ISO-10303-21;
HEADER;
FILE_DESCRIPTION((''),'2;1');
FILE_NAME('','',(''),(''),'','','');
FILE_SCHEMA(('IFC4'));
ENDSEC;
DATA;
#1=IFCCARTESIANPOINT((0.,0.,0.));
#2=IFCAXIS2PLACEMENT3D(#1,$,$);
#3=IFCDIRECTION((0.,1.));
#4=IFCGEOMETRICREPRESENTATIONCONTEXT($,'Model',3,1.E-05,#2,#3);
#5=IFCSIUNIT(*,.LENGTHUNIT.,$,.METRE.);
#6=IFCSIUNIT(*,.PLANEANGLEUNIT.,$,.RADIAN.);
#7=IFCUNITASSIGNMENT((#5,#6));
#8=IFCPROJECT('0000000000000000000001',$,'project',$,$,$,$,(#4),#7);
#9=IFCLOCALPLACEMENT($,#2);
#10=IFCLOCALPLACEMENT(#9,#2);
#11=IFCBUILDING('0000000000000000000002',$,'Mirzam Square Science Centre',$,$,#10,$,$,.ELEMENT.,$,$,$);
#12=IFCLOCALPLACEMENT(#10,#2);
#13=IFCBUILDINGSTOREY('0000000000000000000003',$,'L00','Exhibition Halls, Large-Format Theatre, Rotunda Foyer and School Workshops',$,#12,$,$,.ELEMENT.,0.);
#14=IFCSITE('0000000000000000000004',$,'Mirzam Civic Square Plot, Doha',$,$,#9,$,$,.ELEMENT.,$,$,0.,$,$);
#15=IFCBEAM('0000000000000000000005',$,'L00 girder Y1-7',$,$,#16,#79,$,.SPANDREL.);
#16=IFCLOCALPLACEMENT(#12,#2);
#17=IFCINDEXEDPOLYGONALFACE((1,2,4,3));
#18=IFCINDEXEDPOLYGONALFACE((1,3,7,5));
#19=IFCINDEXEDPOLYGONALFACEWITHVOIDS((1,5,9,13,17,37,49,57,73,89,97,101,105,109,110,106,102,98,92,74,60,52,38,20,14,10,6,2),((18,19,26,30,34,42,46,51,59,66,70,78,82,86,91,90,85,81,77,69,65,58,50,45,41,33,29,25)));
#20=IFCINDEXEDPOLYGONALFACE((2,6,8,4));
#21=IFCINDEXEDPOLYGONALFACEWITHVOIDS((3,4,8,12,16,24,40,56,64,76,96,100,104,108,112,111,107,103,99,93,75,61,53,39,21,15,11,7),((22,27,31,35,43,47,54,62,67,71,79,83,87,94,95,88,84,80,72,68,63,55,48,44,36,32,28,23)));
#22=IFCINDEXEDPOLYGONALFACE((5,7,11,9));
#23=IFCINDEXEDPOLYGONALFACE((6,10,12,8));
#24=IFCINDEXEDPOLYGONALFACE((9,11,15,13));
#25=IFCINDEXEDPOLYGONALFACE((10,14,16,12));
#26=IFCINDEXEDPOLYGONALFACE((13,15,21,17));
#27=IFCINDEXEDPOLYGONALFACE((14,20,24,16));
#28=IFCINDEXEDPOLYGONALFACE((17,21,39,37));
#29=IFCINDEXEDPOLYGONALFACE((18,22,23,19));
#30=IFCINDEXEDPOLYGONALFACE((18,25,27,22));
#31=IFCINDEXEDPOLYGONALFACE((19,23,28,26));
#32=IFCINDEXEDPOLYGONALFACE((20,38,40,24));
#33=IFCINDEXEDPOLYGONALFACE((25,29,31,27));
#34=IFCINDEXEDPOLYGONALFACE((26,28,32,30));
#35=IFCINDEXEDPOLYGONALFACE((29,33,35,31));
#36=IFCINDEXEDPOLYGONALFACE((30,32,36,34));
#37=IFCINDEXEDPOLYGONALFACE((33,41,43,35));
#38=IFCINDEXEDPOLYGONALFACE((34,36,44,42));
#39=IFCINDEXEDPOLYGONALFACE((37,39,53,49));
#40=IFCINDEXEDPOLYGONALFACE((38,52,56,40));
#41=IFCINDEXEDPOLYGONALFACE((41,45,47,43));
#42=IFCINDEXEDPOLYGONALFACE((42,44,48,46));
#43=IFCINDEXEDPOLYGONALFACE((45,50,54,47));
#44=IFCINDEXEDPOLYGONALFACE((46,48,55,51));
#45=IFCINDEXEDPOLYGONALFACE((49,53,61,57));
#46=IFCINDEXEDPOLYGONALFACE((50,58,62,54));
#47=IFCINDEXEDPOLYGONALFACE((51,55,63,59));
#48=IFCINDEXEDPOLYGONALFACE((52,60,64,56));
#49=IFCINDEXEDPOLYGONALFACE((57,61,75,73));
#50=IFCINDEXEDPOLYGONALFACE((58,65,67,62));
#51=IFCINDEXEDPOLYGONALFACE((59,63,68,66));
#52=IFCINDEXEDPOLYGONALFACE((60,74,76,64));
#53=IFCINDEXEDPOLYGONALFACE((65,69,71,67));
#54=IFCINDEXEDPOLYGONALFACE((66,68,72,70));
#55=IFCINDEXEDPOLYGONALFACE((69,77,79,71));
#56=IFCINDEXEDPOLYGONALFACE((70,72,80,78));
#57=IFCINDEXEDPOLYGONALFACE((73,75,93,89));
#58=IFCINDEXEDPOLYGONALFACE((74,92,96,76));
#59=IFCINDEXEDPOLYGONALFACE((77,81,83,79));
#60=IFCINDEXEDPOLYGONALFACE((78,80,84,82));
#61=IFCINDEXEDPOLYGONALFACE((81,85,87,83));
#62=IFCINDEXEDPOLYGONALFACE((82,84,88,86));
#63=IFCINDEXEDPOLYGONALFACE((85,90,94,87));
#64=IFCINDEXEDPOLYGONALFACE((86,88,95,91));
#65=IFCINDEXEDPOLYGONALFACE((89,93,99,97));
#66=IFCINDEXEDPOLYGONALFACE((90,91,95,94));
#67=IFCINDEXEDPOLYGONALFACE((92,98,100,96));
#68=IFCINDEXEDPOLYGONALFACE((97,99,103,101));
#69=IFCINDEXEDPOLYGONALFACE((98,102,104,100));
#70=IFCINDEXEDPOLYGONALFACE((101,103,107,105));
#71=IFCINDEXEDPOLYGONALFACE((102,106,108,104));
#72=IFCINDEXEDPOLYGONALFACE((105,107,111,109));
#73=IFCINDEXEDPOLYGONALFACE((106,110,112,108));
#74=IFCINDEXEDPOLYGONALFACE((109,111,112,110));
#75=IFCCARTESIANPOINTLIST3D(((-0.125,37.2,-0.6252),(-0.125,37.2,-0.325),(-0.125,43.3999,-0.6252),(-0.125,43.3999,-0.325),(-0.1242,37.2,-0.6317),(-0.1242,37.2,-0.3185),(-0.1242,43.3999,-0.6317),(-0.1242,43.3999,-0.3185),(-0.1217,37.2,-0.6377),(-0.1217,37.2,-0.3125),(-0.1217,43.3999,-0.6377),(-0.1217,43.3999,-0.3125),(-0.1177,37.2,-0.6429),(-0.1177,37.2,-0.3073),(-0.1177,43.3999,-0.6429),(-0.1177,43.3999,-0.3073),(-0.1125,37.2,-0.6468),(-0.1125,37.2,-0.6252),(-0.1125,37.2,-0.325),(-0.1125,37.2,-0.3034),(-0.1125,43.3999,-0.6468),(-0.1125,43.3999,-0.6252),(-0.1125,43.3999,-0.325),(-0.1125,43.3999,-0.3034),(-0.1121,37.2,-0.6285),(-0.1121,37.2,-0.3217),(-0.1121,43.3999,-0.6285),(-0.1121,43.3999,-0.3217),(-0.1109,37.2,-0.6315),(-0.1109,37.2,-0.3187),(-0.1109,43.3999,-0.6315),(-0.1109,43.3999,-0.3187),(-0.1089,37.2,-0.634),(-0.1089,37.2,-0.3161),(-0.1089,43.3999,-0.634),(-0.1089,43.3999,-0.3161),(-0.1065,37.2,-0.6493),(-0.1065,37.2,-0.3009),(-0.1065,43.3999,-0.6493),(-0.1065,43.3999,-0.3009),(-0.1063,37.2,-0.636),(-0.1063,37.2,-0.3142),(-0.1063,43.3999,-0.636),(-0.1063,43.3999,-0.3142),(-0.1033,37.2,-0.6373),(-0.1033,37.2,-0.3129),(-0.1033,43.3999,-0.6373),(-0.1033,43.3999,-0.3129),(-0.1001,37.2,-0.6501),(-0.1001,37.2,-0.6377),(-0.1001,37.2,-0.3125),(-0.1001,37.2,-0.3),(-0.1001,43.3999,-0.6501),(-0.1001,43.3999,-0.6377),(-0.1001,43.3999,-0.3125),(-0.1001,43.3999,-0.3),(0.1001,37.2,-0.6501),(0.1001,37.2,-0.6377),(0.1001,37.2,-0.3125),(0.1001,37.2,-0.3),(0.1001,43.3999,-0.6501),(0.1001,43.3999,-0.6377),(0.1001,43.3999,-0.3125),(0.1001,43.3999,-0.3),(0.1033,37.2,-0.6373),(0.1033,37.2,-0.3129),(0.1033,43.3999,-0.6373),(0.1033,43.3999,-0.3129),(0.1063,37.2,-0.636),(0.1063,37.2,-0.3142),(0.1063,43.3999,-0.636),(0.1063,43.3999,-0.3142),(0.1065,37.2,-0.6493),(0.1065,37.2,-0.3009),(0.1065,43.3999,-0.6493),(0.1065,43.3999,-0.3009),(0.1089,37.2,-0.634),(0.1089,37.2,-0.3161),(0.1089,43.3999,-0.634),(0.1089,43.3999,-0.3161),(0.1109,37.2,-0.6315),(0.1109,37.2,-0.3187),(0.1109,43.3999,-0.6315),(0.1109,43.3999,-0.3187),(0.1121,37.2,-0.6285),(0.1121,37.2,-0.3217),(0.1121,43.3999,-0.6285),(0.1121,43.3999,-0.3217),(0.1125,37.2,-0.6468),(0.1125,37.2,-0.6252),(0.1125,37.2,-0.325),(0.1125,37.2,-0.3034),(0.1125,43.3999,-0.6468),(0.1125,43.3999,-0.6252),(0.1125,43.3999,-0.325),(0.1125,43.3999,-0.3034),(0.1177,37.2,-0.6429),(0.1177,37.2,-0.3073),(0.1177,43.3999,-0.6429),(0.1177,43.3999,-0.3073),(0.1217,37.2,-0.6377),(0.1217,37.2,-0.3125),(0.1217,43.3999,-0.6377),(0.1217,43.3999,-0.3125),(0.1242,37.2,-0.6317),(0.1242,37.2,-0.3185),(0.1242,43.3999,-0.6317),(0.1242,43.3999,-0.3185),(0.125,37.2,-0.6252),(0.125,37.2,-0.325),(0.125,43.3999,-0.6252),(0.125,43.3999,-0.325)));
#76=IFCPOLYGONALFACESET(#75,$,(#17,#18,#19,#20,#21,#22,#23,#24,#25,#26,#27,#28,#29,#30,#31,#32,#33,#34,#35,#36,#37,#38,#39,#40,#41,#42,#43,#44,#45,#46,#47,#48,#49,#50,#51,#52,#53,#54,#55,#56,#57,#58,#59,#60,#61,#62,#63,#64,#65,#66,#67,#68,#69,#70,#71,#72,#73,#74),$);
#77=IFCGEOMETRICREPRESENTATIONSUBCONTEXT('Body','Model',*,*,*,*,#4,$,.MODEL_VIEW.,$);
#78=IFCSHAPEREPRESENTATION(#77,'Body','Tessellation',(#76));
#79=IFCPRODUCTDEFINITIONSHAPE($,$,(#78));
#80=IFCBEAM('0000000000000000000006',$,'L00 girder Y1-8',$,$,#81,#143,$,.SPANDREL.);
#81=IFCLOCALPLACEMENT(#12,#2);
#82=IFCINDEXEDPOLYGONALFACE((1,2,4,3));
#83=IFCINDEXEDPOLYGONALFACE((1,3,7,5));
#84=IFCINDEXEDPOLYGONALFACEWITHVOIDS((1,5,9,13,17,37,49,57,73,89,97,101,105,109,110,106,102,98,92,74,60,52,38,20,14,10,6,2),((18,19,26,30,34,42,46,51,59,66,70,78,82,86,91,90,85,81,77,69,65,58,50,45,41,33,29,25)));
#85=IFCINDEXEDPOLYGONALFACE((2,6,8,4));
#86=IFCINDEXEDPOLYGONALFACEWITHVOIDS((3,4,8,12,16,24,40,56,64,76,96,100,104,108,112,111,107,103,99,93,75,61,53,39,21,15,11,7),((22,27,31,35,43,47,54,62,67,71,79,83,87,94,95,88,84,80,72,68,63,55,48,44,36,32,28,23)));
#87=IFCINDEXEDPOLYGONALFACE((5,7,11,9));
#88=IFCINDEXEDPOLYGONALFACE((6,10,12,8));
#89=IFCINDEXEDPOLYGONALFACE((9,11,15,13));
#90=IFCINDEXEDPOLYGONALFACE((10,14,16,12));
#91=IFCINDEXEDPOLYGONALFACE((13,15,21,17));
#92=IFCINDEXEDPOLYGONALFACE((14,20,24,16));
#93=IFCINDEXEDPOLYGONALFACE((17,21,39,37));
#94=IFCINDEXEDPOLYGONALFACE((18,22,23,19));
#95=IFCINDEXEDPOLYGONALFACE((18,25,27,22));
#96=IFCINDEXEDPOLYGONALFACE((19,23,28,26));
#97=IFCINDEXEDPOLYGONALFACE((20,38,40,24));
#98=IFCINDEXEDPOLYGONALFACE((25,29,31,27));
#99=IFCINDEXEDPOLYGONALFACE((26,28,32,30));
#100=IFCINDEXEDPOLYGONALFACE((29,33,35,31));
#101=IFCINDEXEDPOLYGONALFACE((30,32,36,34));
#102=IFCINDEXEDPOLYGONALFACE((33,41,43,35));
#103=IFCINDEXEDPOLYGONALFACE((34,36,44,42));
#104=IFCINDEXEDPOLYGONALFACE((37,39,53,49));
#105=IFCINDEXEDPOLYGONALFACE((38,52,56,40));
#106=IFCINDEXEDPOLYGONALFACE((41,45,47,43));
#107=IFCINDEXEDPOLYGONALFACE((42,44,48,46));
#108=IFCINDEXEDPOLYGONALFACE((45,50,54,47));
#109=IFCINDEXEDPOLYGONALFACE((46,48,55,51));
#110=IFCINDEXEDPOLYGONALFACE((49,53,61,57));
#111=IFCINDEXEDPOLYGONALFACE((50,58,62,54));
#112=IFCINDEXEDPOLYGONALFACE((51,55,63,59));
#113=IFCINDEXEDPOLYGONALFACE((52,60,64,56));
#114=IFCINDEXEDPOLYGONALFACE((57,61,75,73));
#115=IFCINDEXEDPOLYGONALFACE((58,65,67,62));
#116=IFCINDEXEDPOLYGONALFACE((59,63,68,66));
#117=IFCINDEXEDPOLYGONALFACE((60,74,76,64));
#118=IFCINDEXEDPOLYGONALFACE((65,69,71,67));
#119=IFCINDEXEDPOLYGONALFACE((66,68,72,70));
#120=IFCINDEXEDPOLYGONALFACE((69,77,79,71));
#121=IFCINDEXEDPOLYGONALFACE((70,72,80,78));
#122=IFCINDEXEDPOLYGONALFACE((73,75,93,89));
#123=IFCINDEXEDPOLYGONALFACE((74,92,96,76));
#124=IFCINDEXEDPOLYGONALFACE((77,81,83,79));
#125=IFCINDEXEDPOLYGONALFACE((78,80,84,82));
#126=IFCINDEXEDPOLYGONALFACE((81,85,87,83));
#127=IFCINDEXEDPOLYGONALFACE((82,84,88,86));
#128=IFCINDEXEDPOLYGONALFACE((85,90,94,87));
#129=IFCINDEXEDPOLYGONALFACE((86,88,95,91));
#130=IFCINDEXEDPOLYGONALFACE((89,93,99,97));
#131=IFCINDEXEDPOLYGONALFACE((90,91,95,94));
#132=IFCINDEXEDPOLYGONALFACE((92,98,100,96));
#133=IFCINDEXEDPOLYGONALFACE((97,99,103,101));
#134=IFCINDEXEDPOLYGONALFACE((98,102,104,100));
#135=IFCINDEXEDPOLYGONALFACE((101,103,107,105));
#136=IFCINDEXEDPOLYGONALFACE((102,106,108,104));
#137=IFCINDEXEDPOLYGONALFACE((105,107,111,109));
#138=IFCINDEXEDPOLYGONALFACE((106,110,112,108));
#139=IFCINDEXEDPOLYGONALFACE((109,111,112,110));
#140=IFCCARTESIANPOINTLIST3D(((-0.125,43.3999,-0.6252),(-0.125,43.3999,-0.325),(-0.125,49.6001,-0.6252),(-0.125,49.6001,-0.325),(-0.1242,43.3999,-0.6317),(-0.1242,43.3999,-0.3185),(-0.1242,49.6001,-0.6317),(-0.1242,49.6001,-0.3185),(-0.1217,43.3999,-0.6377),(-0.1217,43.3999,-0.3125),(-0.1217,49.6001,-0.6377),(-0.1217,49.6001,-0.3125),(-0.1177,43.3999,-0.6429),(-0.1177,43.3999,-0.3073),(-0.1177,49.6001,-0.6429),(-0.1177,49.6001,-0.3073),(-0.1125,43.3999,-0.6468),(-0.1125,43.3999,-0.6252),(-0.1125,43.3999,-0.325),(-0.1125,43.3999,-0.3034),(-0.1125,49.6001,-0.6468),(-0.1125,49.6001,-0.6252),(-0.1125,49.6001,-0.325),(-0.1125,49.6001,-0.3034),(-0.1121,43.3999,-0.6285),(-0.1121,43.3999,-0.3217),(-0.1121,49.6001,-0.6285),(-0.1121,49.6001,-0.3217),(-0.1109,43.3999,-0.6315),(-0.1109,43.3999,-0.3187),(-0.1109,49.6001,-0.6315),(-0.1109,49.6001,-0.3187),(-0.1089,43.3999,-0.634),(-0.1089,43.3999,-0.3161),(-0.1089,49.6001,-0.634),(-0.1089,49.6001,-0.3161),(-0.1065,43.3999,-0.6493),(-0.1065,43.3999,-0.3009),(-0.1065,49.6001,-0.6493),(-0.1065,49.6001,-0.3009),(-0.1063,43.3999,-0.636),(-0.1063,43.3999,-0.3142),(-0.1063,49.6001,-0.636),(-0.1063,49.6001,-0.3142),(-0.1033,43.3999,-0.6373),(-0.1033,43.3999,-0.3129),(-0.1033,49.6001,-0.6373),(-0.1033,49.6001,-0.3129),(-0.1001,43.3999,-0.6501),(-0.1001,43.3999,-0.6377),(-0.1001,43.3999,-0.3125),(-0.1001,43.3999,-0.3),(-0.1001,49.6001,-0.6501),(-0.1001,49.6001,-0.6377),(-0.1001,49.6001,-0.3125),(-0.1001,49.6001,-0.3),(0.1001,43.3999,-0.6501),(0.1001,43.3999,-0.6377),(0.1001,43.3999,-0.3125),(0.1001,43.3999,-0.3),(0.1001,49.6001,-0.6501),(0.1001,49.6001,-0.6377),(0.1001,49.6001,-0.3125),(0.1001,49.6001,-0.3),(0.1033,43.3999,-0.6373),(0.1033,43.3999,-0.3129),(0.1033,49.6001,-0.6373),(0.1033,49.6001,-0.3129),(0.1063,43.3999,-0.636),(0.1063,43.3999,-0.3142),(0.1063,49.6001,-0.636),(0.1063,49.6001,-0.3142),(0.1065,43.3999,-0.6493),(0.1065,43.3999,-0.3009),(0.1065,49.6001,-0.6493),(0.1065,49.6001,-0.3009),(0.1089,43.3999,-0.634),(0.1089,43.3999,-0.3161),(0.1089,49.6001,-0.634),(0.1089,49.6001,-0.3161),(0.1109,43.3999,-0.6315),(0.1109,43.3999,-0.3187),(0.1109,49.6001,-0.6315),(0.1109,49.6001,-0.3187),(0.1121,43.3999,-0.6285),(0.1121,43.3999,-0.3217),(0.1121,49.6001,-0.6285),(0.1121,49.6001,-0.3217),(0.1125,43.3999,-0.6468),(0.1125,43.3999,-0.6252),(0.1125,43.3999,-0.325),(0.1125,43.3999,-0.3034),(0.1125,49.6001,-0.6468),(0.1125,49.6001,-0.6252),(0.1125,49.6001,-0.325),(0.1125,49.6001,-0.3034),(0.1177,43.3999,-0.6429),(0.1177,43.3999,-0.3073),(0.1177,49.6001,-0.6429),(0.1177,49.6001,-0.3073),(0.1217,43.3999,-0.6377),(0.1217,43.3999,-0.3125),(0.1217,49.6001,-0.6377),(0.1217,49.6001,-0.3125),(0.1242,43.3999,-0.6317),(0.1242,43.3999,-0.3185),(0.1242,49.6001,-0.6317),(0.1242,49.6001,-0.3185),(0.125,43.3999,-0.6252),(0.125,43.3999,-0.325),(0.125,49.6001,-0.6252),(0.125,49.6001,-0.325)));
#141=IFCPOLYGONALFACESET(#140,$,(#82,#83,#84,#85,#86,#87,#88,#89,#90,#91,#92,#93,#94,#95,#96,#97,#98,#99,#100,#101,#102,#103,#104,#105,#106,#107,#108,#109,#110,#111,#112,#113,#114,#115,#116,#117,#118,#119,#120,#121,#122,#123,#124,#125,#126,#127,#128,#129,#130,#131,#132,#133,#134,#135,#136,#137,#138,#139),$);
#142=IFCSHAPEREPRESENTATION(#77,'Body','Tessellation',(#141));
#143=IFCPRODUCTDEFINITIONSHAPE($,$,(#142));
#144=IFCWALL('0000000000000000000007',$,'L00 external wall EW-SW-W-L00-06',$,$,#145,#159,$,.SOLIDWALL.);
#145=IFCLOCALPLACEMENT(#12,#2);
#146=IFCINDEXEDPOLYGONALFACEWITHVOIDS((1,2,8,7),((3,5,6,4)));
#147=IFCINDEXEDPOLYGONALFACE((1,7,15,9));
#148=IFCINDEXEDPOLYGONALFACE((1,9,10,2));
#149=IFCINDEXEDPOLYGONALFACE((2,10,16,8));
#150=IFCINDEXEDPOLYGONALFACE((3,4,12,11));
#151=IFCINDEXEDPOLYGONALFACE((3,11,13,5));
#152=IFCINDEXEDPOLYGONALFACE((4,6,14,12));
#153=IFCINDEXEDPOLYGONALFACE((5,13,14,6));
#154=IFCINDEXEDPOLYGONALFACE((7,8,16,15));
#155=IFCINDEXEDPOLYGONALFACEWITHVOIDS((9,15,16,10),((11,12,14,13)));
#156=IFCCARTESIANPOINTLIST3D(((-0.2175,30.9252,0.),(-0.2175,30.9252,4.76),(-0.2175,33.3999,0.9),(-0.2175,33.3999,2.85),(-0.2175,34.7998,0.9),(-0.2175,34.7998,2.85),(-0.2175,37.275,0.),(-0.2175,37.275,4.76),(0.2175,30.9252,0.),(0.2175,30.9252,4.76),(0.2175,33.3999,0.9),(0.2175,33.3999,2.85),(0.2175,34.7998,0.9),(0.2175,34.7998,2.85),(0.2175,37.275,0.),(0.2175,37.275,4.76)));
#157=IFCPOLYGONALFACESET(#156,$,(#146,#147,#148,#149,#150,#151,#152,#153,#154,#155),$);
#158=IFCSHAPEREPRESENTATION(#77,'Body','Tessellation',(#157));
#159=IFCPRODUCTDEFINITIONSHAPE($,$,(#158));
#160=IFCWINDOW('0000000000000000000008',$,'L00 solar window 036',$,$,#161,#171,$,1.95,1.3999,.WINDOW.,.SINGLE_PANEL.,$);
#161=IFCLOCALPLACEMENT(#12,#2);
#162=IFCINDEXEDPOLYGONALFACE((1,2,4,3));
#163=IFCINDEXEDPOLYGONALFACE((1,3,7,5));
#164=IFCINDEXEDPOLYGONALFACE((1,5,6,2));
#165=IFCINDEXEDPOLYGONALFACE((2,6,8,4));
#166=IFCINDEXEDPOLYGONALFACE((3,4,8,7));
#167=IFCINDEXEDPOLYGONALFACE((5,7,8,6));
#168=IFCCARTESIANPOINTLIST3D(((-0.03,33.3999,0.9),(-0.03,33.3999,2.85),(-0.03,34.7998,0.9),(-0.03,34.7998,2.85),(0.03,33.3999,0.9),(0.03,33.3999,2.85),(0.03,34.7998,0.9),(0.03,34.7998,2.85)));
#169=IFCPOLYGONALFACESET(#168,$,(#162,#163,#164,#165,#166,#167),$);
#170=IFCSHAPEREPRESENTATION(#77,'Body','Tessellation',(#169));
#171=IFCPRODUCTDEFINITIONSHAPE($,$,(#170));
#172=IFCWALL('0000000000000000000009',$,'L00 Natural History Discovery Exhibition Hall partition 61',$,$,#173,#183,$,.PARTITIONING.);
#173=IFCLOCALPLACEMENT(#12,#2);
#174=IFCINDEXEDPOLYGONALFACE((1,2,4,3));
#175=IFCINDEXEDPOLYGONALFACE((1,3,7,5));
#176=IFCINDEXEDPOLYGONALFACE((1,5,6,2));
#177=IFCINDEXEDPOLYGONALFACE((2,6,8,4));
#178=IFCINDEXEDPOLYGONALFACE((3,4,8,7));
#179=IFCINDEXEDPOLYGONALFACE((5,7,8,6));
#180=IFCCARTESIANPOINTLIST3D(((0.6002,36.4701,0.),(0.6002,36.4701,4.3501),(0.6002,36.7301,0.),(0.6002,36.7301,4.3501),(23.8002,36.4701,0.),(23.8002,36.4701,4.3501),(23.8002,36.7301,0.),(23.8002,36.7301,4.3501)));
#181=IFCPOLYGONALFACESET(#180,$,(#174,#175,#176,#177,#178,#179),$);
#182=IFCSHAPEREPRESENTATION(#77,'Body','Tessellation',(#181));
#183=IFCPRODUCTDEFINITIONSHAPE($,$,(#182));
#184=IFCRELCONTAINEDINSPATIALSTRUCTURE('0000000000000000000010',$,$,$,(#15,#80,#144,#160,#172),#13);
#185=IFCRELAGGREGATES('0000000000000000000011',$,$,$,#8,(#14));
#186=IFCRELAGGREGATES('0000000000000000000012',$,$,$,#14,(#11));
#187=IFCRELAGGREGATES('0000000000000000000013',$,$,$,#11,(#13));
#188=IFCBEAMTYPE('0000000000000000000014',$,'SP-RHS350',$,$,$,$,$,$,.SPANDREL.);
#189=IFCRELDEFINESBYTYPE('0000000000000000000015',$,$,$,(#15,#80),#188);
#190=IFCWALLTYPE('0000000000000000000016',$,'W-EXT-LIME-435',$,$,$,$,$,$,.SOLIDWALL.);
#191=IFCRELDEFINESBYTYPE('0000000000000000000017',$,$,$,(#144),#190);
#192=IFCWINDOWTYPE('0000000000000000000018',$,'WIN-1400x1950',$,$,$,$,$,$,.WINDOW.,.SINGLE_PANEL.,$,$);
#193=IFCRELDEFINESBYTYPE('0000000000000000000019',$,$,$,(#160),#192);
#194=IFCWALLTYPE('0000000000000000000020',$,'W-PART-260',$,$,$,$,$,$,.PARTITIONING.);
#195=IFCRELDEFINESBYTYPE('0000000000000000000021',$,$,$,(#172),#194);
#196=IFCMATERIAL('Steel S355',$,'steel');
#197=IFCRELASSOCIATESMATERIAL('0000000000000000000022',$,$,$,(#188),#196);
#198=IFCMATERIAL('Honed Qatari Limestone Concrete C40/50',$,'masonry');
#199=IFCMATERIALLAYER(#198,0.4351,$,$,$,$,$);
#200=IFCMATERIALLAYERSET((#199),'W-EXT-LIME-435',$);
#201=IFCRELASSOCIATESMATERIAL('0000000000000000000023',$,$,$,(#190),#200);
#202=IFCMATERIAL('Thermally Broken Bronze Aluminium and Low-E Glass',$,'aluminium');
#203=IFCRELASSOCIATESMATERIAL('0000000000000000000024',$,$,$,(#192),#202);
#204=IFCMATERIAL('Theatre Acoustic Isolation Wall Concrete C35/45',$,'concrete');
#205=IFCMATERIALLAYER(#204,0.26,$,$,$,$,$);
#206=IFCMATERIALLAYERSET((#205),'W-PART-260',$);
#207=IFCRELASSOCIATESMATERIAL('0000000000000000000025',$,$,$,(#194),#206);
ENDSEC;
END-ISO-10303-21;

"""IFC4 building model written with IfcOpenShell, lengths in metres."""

from ifc_helpers import new_model, si_unit, direction, frame, frame_2d, origin, origin_2d, place, context, subcontext, project, spatial, rectangle, hollow_rectangle, extrude, material, layer, layer_set, material_profile, profile_set, type_object, element, fill, save


model = new_model("IFC4")

# Units and contexts
model_context = context("Model", 3, precision=1e-05, world=origin(), true_north=direction((0.0, 1.0)))
body_context = subcontext(model_context, "Body", "Model", "MODEL_VIEW")
ifc_project = project(units=[si_unit("LENGTHUNIT", "METRE"), si_unit("PLANEANGLEUNIT", "RADIAN")], contexts=[model_context])

# Site, building, storey
site_placement = place(None, origin())
site = spatial("IfcSite", under=ifc_project, at=site_placement, Name="Mirzam Civic Square Plot, Doha", CompositionType="ELEMENT", RefElevation=0.0)
building_placement = place(site_placement, origin())
building = spatial("IfcBuilding", under=site, at=building_placement, Name="Mirzam Square Science Centre", CompositionType="ELEMENT")
storey_placement = place(building_placement, origin())
storey = spatial("IfcBuildingStorey", under=building, at=storey_placement, Name="L00", Description="Exhibition Halls, Large-Format Theatre, Rotunda Foyer and School Workshops", CompositionType="ELEMENT", Elevation=0.0)

# Shared definitions
ifc_material_1 = material(Name="Steel S355", Category="steel")

# Beams
ifc_material_profile_1 = material_profile(ifc_material_1, hollow_rectangle(XDim=0.25, YDim=0.3501, WallThickness=0.0125, InnerFilletRadius=0.0125, OuterFilletRadius=0.0249, at=origin_2d()), Name="350x250x12.5RHS")
ifc_profile_set_1 = profile_set([ifc_material_profile_1], Name="Steel S355")
beam_type_1 = type_object("IfcBeamType", Name="SP-RHS350", PredefinedType="SPANDREL", material=ifc_profile_set_1)
beam_1_placement = place(storey_placement, frame((0.0, 37.2, -0.4751), z_axis=(0.0, 1.0, 0.0), x_axis=(-1.0, 0.0, 0.0)))
element("IfcBeam", 1, at=beam_1_placement, inside=storey, type_object=beam_type_1, Name="L00 girder Y1-7", PredefinedType="SPANDREL", context=body_context, shape_type="SweptSolid", body=[
    extrude(hollow_rectangle(XDim=0.25, YDim=0.3501, WallThickness=0.0125, InnerFilletRadius=0.0125, OuterFilletRadius=0.0249, at=origin_2d()), origin(), (0.0, 0.0, 1.0), 6.2),
])
beam_2_placement = place(storey_placement, frame((0.0, 43.3999, -0.4751), z_axis=(0.0, 1.0, 0.0), x_axis=(-1.0, 0.0, 0.0)))
element("IfcBeam", 2, at=beam_2_placement, inside=storey, type_object=beam_type_1, Name="L00 girder Y1-8", PredefinedType="SPANDREL", context=body_context, shape_type="SweptSolid", body=[
    extrude(hollow_rectangle(XDim=0.25, YDim=0.3501, WallThickness=0.0125, InnerFilletRadius=0.0125, OuterFilletRadius=0.0249, at=origin_2d()), origin(), (0.0, 0.0, 1.0), 6.2002),
])

# Wall, opening, window
ifc_material_2 = material(Name="Honed Qatari Limestone Concrete C40/50", Category="masonry")
ifc_layer_1 = layer(ifc_material_2, 0.4351)
ifc_layer_set_1 = layer_set([ifc_layer_1], Name="W-EXT-LIME-435")
wall_type_1 = type_object("IfcWallType", Name="W-EXT-LIME-435", PredefinedType="SOLIDWALL", material=ifc_layer_set_1)
wall_1_placement = place(storey_placement, frame((0.0, 37.2749, 0.0), z_axis=(0.0, 0.0, 1.0), x_axis=(0.0, -1.0, 0.0)))
wall_1 = element("IfcWall", 3, at=wall_1_placement, inside=storey, type_object=wall_type_1, Name="L00 external wall EW-SW-W-L00-06", PredefinedType="SOLIDWALL", context=body_context, shape_type="SweptSolid", body=[
    extrude(rectangle(XDim=6.3499, YDim=0.4351, at=frame_2d((3.1748, 0.0))), origin(), (0.0, 0.0, 1.0), 4.76),
])
opening_placement = place(wall_1_placement, frame((2.4751, 0.0, 0.8999)))
opening = element("IfcOpeningElement", 4, at=opening_placement, cuts=wall_1, PredefinedType="OPENING", context=body_context, shape_type="SweptSolid", body=[
    extrude(rectangle(XDim=1.3999, YDim=1.95, at=frame_2d((0.7, 0.9751))), frame((0.0, 0.2275, 0.0), z_axis=(0.0, -1.0, 0.0), x_axis=(1.0, 0.0, 0.0)), (0.0, 0.0, 1.0), 0.4551),
])
ifc_material_3 = material(Name="Thermally Broken Bronze Aluminium and Low-E Glass", Category="aluminium")
window_type = type_object("IfcWindowType", Name="WIN-1400x1950", PartitioningType="SINGLE_PANEL", PredefinedType="WINDOW", material=ifc_material_3)
window_placement = place(opening_placement, origin())
window = element("IfcWindow", 5, at=window_placement, inside=storey, type_object=window_type, Name="L00 solar window 036", OverallHeight=1.95, OverallWidth=1.3999, PartitioningType="SINGLE_PANEL", PredefinedType="WINDOW", context=body_context, shape_type="SweptSolid", body=[
    extrude(rectangle(XDim=1.3999, YDim=1.95, at=frame_2d((0.7, 0.9751))), frame((0.0, 0.03, 0.0), z_axis=(0.0, -1.0, 0.0), x_axis=(1.0, 0.0, 0.0)), (0.0, 0.0, 1.0), 0.0601),
])
fill(opening, window)

# Wall
ifc_material_4 = material(Name="Theatre Acoustic Isolation Wall Concrete C35/45", Category="concrete")
ifc_layer_2 = layer(ifc_material_4, 0.26)
ifc_layer_set_2 = layer_set([ifc_layer_2], Name="W-PART-260")
wall_type_2 = type_object("IfcWallType", Name="W-PART-260", PredefinedType="PARTITIONING", material=ifc_layer_set_2)
wall_2_placement = place(storey_placement, frame((0.6001, 36.6001, 0.0), z_axis=(0.0, 0.0, 1.0), x_axis=(1.0, 0.0, 0.0)))
element("IfcWall", 6, at=wall_2_placement, inside=storey, type_object=wall_type_2, Name="L00 Natural History Discovery Exhibition Hall partition 61", PredefinedType="PARTITIONING", context=body_context, shape_type="SweptSolid", body=[
    extrude(rectangle(XDim=23.2, YDim=0.26, at=frame_2d((11.6001, 0.0))), origin(), (0.0, 0.0, 1.0), 4.3501),
])

save(model, "model.ifc")
